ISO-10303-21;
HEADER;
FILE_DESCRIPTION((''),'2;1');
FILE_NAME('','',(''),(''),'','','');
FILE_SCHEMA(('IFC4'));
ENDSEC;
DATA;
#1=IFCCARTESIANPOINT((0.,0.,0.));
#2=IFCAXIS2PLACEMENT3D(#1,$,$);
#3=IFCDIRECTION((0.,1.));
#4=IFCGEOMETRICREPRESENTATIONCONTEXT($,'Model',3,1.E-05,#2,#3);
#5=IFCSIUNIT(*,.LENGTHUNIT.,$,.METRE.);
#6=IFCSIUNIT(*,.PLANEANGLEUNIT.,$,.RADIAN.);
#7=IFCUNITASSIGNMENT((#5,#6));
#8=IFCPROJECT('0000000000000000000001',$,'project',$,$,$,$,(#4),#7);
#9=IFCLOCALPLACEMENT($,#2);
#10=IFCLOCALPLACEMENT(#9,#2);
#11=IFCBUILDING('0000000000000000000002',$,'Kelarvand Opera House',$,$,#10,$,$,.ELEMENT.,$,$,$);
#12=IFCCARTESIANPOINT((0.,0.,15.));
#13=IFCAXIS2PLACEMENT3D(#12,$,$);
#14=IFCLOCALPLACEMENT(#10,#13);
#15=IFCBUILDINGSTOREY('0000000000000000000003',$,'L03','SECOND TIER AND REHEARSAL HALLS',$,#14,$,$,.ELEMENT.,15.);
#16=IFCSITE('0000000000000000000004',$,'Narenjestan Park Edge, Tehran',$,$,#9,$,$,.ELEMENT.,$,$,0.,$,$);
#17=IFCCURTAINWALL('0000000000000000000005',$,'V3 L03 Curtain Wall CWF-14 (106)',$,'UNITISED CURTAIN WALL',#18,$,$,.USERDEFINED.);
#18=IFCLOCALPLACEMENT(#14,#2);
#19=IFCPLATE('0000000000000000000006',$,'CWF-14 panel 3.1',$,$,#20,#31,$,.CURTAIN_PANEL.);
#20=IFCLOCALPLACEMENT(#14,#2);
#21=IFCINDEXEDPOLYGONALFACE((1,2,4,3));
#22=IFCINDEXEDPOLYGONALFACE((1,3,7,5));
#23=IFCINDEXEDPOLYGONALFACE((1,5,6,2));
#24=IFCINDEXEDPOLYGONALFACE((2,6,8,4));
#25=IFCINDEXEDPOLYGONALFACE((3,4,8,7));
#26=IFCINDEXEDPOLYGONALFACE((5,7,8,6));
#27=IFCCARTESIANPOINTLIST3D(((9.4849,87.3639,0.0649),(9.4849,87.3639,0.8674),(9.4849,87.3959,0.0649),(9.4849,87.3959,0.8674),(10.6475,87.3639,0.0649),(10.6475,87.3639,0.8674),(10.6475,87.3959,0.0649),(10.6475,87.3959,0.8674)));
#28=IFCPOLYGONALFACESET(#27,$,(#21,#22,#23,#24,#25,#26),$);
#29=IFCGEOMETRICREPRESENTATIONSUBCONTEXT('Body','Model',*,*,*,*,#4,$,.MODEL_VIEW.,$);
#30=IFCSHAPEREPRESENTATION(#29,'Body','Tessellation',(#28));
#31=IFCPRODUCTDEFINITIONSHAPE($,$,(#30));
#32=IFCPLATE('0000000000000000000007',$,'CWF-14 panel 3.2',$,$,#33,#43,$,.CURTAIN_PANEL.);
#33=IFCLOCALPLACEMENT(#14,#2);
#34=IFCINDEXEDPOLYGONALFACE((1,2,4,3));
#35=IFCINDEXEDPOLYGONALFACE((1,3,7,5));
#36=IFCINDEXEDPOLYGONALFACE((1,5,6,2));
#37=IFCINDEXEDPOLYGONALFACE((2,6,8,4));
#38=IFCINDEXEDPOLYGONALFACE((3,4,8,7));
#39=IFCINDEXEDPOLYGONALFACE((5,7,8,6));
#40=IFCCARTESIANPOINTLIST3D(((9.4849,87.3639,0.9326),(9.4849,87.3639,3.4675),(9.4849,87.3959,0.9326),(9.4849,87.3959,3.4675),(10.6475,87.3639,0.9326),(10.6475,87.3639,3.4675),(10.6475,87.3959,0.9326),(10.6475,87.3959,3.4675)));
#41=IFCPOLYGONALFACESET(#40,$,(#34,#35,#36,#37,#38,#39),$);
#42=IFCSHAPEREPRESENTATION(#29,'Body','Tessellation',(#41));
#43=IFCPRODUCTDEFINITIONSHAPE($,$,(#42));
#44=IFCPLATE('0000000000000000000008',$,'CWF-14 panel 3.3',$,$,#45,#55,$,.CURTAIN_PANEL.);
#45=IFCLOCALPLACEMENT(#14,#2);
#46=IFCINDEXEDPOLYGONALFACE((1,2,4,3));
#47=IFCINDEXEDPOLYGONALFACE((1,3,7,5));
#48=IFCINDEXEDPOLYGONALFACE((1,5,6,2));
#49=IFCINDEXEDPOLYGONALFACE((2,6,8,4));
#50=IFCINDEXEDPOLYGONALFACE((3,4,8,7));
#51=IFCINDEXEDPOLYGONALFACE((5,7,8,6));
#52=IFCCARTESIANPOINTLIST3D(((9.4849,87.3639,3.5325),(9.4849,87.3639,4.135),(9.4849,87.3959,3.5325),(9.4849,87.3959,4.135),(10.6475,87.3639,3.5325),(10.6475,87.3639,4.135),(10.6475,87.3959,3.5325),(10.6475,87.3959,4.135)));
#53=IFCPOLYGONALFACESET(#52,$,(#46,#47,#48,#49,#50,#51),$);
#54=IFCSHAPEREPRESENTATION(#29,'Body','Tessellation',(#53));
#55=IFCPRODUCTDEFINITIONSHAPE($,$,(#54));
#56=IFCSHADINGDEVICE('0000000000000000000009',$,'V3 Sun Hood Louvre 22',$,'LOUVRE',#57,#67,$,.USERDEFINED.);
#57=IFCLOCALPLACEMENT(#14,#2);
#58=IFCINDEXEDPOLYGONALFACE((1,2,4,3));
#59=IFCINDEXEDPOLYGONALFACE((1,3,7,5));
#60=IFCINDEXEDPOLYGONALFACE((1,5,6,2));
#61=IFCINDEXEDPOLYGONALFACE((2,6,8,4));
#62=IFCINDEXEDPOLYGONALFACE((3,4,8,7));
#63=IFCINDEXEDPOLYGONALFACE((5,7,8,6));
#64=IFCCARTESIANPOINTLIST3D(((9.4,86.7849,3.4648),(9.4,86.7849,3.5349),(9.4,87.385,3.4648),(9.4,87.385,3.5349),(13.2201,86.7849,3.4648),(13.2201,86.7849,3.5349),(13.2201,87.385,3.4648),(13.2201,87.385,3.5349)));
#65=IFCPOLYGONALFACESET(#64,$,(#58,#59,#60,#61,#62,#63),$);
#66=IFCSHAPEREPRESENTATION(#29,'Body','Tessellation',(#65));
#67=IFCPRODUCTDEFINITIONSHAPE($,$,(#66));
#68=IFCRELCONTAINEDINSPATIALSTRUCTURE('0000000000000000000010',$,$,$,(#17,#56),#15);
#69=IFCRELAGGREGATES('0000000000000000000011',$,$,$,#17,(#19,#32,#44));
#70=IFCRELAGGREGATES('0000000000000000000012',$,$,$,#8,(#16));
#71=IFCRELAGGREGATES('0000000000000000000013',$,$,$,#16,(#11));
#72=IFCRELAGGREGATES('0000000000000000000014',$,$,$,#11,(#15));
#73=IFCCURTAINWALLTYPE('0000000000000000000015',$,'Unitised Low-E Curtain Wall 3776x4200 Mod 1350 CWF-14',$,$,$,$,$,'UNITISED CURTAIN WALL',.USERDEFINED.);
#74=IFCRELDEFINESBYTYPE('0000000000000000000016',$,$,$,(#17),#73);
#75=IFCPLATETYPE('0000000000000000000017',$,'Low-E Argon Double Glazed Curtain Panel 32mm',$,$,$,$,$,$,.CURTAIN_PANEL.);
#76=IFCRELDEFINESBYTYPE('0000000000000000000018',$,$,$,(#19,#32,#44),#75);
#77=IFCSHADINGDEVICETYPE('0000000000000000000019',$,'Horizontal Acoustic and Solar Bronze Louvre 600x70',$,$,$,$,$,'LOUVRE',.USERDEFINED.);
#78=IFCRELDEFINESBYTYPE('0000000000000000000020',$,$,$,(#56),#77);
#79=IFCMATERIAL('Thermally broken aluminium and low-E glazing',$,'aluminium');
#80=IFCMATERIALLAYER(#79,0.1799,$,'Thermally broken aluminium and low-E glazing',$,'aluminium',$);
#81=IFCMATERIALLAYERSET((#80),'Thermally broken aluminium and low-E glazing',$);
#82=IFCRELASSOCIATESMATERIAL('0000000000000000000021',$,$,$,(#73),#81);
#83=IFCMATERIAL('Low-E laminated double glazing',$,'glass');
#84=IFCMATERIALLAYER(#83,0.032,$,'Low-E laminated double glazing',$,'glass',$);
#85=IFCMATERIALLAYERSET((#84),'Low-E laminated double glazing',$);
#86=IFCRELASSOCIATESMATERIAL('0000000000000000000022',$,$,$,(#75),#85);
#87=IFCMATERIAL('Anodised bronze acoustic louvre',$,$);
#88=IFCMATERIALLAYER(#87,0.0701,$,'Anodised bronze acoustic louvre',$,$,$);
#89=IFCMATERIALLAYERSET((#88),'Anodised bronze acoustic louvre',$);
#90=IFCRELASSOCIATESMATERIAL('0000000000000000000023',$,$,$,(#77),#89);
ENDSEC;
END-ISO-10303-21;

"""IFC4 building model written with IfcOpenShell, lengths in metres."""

from ifc_helpers import new_model, si_unit, direction, frame, origin, origin_2d, place, context, subcontext, project, spatial, rectangle, extrude, material, layer, layer_set, type_object, element, aggregate, save


model = new_model("IFC4")

# Units and contexts
model_context = context("Model", 3, precision=1e-05, world=origin(), true_north=direction((0.0, 1.0)))
body_context = subcontext(model_context, "Body", "Model", "MODEL_VIEW")
ifc_project = project(units=[si_unit("LENGTHUNIT", "METRE"), si_unit("PLANEANGLEUNIT", "RADIAN")], contexts=[model_context])

# Site, building, storey
site_placement = place(None, origin())
site = spatial("IfcSite", under=ifc_project, at=site_placement, Name="Narenjestan Park Edge, Tehran", CompositionType="ELEMENT", RefElevation=0.0)
building_placement = place(site_placement, origin())
building = spatial("IfcBuilding", under=site, at=building_placement, Name="Kelarvand Opera House", CompositionType="ELEMENT")
storey_placement = place(building_placement, frame((0.0, 0.0, 15.0)))
storey = spatial("IfcBuildingStorey", under=building, at=storey_placement, Name="L03", Description="SECOND TIER AND REHEARSAL HALLS", CompositionType="ELEMENT", Elevation=15.0)

# Shared definitions
ifc_material_1 = material(Name="Thermally broken aluminium and low-E glazing", Category="aluminium")
ifc_layer_1 = layer(ifc_material_1, 0.1799, Name="Thermally broken aluminium and low-E glazing", Category="aluminium")
ifc_layer_set_1 = layer_set([ifc_layer_1], Name="Thermally broken aluminium and low-E glazing")
curtain_wall_type = type_object("IfcCurtainWallType", Name="Unitised Low-E Curtain Wall 3776x4200 Mod 1350 CWF-14", ElementType="UNITISED CURTAIN WALL", PredefinedType="USERDEFINED", material=ifc_layer_set_1)

# Curtain wall
curtain_wall_1_placement = place(storey_placement, origin())
curtain_wall_1 = element("IfcCurtainWall", 1, at=curtain_wall_1_placement, inside=storey, type_object=curtain_wall_type, Name="V3 L03 Curtain Wall CWF-14 (106)", ObjectType="UNITISED CURTAIN WALL", PredefinedType="USERDEFINED")

# Plates
ifc_material_2 = material(Name="Low-E laminated double glazing", Category="glass")
ifc_layer_2 = layer(ifc_material_2, 0.032, Name="Low-E laminated double glazing", Category="glass")
ifc_layer_set_2 = layer_set([ifc_layer_2], Name="Low-E laminated double glazing")
plate_type = type_object("IfcPlateType", Name="Low-E Argon Double Glazed Curtain Panel 32mm", PredefinedType="CURTAIN_PANEL", material=ifc_layer_set_2)
plate_1_placement = place(storey_placement, frame((10.0662, 87.3799, 0.0649), z_axis=(0.0, 0.0, 1.0), x_axis=(-1.0, 0.0, 0.0)))
plate_1 = element("IfcPlate", 2, at=plate_1_placement, type_object=plate_type, Name="CWF-14 panel 3.1", PredefinedType="CURTAIN_PANEL", context=body_context, shape_type="SweptSolid", body=[
    extrude(rectangle(XDim=1.1626, YDim=0.032, at=origin_2d()), origin(), (0.0, 0.0, 1.0), 0.8025),
])
plate_2_placement = place(storey_placement, frame((10.0662, 87.3799, 0.9326), z_axis=(0.0, 0.0, 1.0), x_axis=(-1.0, 0.0, 0.0)))
plate_2 = element("IfcPlate", 3, at=plate_2_placement, type_object=plate_type, Name="CWF-14 panel 3.2", PredefinedType="CURTAIN_PANEL", context=body_context, shape_type="SweptSolid", body=[
    extrude(rectangle(XDim=1.1626, YDim=0.032, at=origin_2d()), origin(), (0.0, 0.0, 1.0), 2.5349),
])
plate_3_placement = place(storey_placement, frame((10.0662, 87.3799, 3.5325), z_axis=(0.0, 0.0, 1.0), x_axis=(-1.0, 0.0, 0.0)))
plate_3 = element("IfcPlate", 4, at=plate_3_placement, type_object=plate_type, Name="CWF-14 panel 3.3", PredefinedType="CURTAIN_PANEL", context=body_context, shape_type="SweptSolid", body=[
    extrude(rectangle(XDim=1.1626, YDim=0.032, at=origin_2d()), origin(), (0.0, 0.0, 1.0), 0.6025),
])
aggregate(curtain_wall_1, [plate_1, plate_2, plate_3])

# Shading device
ifc_material_3 = material(Name="Anodised bronze acoustic louvre")
ifc_layer_3 = layer(ifc_material_3, 0.0701, Name="Anodised bronze acoustic louvre")
ifc_layer_set_3 = layer_set([ifc_layer_3], Name="Anodised bronze acoustic louvre")
shading_device_type = type_object("IfcShadingDeviceType", Name="Horizontal Acoustic and Solar Bronze Louvre 600x70", ElementType="LOUVRE", PredefinedType="USERDEFINED", material=ifc_layer_set_3)
shading_device_placement = place(storey_placement, frame((11.3101, 87.085, 3.4648), z_axis=(0.0, 0.0, 1.0), x_axis=(-1.0, 0.0, 0.0)))
element("IfcShadingDevice", 5, at=shading_device_placement, inside=storey, type_object=shading_device_type, Name="V3 Sun Hood Louvre 22", ObjectType="LOUVRE", PredefinedType="USERDEFINED", context=body_context, shape_type="SweptSolid", body=[
    extrude(rectangle(XDim=3.8201, YDim=0.6001, at=origin_2d()), origin(), (0.0, 0.0, 1.0), 0.0701),
])

save(model, "model.ifc")
